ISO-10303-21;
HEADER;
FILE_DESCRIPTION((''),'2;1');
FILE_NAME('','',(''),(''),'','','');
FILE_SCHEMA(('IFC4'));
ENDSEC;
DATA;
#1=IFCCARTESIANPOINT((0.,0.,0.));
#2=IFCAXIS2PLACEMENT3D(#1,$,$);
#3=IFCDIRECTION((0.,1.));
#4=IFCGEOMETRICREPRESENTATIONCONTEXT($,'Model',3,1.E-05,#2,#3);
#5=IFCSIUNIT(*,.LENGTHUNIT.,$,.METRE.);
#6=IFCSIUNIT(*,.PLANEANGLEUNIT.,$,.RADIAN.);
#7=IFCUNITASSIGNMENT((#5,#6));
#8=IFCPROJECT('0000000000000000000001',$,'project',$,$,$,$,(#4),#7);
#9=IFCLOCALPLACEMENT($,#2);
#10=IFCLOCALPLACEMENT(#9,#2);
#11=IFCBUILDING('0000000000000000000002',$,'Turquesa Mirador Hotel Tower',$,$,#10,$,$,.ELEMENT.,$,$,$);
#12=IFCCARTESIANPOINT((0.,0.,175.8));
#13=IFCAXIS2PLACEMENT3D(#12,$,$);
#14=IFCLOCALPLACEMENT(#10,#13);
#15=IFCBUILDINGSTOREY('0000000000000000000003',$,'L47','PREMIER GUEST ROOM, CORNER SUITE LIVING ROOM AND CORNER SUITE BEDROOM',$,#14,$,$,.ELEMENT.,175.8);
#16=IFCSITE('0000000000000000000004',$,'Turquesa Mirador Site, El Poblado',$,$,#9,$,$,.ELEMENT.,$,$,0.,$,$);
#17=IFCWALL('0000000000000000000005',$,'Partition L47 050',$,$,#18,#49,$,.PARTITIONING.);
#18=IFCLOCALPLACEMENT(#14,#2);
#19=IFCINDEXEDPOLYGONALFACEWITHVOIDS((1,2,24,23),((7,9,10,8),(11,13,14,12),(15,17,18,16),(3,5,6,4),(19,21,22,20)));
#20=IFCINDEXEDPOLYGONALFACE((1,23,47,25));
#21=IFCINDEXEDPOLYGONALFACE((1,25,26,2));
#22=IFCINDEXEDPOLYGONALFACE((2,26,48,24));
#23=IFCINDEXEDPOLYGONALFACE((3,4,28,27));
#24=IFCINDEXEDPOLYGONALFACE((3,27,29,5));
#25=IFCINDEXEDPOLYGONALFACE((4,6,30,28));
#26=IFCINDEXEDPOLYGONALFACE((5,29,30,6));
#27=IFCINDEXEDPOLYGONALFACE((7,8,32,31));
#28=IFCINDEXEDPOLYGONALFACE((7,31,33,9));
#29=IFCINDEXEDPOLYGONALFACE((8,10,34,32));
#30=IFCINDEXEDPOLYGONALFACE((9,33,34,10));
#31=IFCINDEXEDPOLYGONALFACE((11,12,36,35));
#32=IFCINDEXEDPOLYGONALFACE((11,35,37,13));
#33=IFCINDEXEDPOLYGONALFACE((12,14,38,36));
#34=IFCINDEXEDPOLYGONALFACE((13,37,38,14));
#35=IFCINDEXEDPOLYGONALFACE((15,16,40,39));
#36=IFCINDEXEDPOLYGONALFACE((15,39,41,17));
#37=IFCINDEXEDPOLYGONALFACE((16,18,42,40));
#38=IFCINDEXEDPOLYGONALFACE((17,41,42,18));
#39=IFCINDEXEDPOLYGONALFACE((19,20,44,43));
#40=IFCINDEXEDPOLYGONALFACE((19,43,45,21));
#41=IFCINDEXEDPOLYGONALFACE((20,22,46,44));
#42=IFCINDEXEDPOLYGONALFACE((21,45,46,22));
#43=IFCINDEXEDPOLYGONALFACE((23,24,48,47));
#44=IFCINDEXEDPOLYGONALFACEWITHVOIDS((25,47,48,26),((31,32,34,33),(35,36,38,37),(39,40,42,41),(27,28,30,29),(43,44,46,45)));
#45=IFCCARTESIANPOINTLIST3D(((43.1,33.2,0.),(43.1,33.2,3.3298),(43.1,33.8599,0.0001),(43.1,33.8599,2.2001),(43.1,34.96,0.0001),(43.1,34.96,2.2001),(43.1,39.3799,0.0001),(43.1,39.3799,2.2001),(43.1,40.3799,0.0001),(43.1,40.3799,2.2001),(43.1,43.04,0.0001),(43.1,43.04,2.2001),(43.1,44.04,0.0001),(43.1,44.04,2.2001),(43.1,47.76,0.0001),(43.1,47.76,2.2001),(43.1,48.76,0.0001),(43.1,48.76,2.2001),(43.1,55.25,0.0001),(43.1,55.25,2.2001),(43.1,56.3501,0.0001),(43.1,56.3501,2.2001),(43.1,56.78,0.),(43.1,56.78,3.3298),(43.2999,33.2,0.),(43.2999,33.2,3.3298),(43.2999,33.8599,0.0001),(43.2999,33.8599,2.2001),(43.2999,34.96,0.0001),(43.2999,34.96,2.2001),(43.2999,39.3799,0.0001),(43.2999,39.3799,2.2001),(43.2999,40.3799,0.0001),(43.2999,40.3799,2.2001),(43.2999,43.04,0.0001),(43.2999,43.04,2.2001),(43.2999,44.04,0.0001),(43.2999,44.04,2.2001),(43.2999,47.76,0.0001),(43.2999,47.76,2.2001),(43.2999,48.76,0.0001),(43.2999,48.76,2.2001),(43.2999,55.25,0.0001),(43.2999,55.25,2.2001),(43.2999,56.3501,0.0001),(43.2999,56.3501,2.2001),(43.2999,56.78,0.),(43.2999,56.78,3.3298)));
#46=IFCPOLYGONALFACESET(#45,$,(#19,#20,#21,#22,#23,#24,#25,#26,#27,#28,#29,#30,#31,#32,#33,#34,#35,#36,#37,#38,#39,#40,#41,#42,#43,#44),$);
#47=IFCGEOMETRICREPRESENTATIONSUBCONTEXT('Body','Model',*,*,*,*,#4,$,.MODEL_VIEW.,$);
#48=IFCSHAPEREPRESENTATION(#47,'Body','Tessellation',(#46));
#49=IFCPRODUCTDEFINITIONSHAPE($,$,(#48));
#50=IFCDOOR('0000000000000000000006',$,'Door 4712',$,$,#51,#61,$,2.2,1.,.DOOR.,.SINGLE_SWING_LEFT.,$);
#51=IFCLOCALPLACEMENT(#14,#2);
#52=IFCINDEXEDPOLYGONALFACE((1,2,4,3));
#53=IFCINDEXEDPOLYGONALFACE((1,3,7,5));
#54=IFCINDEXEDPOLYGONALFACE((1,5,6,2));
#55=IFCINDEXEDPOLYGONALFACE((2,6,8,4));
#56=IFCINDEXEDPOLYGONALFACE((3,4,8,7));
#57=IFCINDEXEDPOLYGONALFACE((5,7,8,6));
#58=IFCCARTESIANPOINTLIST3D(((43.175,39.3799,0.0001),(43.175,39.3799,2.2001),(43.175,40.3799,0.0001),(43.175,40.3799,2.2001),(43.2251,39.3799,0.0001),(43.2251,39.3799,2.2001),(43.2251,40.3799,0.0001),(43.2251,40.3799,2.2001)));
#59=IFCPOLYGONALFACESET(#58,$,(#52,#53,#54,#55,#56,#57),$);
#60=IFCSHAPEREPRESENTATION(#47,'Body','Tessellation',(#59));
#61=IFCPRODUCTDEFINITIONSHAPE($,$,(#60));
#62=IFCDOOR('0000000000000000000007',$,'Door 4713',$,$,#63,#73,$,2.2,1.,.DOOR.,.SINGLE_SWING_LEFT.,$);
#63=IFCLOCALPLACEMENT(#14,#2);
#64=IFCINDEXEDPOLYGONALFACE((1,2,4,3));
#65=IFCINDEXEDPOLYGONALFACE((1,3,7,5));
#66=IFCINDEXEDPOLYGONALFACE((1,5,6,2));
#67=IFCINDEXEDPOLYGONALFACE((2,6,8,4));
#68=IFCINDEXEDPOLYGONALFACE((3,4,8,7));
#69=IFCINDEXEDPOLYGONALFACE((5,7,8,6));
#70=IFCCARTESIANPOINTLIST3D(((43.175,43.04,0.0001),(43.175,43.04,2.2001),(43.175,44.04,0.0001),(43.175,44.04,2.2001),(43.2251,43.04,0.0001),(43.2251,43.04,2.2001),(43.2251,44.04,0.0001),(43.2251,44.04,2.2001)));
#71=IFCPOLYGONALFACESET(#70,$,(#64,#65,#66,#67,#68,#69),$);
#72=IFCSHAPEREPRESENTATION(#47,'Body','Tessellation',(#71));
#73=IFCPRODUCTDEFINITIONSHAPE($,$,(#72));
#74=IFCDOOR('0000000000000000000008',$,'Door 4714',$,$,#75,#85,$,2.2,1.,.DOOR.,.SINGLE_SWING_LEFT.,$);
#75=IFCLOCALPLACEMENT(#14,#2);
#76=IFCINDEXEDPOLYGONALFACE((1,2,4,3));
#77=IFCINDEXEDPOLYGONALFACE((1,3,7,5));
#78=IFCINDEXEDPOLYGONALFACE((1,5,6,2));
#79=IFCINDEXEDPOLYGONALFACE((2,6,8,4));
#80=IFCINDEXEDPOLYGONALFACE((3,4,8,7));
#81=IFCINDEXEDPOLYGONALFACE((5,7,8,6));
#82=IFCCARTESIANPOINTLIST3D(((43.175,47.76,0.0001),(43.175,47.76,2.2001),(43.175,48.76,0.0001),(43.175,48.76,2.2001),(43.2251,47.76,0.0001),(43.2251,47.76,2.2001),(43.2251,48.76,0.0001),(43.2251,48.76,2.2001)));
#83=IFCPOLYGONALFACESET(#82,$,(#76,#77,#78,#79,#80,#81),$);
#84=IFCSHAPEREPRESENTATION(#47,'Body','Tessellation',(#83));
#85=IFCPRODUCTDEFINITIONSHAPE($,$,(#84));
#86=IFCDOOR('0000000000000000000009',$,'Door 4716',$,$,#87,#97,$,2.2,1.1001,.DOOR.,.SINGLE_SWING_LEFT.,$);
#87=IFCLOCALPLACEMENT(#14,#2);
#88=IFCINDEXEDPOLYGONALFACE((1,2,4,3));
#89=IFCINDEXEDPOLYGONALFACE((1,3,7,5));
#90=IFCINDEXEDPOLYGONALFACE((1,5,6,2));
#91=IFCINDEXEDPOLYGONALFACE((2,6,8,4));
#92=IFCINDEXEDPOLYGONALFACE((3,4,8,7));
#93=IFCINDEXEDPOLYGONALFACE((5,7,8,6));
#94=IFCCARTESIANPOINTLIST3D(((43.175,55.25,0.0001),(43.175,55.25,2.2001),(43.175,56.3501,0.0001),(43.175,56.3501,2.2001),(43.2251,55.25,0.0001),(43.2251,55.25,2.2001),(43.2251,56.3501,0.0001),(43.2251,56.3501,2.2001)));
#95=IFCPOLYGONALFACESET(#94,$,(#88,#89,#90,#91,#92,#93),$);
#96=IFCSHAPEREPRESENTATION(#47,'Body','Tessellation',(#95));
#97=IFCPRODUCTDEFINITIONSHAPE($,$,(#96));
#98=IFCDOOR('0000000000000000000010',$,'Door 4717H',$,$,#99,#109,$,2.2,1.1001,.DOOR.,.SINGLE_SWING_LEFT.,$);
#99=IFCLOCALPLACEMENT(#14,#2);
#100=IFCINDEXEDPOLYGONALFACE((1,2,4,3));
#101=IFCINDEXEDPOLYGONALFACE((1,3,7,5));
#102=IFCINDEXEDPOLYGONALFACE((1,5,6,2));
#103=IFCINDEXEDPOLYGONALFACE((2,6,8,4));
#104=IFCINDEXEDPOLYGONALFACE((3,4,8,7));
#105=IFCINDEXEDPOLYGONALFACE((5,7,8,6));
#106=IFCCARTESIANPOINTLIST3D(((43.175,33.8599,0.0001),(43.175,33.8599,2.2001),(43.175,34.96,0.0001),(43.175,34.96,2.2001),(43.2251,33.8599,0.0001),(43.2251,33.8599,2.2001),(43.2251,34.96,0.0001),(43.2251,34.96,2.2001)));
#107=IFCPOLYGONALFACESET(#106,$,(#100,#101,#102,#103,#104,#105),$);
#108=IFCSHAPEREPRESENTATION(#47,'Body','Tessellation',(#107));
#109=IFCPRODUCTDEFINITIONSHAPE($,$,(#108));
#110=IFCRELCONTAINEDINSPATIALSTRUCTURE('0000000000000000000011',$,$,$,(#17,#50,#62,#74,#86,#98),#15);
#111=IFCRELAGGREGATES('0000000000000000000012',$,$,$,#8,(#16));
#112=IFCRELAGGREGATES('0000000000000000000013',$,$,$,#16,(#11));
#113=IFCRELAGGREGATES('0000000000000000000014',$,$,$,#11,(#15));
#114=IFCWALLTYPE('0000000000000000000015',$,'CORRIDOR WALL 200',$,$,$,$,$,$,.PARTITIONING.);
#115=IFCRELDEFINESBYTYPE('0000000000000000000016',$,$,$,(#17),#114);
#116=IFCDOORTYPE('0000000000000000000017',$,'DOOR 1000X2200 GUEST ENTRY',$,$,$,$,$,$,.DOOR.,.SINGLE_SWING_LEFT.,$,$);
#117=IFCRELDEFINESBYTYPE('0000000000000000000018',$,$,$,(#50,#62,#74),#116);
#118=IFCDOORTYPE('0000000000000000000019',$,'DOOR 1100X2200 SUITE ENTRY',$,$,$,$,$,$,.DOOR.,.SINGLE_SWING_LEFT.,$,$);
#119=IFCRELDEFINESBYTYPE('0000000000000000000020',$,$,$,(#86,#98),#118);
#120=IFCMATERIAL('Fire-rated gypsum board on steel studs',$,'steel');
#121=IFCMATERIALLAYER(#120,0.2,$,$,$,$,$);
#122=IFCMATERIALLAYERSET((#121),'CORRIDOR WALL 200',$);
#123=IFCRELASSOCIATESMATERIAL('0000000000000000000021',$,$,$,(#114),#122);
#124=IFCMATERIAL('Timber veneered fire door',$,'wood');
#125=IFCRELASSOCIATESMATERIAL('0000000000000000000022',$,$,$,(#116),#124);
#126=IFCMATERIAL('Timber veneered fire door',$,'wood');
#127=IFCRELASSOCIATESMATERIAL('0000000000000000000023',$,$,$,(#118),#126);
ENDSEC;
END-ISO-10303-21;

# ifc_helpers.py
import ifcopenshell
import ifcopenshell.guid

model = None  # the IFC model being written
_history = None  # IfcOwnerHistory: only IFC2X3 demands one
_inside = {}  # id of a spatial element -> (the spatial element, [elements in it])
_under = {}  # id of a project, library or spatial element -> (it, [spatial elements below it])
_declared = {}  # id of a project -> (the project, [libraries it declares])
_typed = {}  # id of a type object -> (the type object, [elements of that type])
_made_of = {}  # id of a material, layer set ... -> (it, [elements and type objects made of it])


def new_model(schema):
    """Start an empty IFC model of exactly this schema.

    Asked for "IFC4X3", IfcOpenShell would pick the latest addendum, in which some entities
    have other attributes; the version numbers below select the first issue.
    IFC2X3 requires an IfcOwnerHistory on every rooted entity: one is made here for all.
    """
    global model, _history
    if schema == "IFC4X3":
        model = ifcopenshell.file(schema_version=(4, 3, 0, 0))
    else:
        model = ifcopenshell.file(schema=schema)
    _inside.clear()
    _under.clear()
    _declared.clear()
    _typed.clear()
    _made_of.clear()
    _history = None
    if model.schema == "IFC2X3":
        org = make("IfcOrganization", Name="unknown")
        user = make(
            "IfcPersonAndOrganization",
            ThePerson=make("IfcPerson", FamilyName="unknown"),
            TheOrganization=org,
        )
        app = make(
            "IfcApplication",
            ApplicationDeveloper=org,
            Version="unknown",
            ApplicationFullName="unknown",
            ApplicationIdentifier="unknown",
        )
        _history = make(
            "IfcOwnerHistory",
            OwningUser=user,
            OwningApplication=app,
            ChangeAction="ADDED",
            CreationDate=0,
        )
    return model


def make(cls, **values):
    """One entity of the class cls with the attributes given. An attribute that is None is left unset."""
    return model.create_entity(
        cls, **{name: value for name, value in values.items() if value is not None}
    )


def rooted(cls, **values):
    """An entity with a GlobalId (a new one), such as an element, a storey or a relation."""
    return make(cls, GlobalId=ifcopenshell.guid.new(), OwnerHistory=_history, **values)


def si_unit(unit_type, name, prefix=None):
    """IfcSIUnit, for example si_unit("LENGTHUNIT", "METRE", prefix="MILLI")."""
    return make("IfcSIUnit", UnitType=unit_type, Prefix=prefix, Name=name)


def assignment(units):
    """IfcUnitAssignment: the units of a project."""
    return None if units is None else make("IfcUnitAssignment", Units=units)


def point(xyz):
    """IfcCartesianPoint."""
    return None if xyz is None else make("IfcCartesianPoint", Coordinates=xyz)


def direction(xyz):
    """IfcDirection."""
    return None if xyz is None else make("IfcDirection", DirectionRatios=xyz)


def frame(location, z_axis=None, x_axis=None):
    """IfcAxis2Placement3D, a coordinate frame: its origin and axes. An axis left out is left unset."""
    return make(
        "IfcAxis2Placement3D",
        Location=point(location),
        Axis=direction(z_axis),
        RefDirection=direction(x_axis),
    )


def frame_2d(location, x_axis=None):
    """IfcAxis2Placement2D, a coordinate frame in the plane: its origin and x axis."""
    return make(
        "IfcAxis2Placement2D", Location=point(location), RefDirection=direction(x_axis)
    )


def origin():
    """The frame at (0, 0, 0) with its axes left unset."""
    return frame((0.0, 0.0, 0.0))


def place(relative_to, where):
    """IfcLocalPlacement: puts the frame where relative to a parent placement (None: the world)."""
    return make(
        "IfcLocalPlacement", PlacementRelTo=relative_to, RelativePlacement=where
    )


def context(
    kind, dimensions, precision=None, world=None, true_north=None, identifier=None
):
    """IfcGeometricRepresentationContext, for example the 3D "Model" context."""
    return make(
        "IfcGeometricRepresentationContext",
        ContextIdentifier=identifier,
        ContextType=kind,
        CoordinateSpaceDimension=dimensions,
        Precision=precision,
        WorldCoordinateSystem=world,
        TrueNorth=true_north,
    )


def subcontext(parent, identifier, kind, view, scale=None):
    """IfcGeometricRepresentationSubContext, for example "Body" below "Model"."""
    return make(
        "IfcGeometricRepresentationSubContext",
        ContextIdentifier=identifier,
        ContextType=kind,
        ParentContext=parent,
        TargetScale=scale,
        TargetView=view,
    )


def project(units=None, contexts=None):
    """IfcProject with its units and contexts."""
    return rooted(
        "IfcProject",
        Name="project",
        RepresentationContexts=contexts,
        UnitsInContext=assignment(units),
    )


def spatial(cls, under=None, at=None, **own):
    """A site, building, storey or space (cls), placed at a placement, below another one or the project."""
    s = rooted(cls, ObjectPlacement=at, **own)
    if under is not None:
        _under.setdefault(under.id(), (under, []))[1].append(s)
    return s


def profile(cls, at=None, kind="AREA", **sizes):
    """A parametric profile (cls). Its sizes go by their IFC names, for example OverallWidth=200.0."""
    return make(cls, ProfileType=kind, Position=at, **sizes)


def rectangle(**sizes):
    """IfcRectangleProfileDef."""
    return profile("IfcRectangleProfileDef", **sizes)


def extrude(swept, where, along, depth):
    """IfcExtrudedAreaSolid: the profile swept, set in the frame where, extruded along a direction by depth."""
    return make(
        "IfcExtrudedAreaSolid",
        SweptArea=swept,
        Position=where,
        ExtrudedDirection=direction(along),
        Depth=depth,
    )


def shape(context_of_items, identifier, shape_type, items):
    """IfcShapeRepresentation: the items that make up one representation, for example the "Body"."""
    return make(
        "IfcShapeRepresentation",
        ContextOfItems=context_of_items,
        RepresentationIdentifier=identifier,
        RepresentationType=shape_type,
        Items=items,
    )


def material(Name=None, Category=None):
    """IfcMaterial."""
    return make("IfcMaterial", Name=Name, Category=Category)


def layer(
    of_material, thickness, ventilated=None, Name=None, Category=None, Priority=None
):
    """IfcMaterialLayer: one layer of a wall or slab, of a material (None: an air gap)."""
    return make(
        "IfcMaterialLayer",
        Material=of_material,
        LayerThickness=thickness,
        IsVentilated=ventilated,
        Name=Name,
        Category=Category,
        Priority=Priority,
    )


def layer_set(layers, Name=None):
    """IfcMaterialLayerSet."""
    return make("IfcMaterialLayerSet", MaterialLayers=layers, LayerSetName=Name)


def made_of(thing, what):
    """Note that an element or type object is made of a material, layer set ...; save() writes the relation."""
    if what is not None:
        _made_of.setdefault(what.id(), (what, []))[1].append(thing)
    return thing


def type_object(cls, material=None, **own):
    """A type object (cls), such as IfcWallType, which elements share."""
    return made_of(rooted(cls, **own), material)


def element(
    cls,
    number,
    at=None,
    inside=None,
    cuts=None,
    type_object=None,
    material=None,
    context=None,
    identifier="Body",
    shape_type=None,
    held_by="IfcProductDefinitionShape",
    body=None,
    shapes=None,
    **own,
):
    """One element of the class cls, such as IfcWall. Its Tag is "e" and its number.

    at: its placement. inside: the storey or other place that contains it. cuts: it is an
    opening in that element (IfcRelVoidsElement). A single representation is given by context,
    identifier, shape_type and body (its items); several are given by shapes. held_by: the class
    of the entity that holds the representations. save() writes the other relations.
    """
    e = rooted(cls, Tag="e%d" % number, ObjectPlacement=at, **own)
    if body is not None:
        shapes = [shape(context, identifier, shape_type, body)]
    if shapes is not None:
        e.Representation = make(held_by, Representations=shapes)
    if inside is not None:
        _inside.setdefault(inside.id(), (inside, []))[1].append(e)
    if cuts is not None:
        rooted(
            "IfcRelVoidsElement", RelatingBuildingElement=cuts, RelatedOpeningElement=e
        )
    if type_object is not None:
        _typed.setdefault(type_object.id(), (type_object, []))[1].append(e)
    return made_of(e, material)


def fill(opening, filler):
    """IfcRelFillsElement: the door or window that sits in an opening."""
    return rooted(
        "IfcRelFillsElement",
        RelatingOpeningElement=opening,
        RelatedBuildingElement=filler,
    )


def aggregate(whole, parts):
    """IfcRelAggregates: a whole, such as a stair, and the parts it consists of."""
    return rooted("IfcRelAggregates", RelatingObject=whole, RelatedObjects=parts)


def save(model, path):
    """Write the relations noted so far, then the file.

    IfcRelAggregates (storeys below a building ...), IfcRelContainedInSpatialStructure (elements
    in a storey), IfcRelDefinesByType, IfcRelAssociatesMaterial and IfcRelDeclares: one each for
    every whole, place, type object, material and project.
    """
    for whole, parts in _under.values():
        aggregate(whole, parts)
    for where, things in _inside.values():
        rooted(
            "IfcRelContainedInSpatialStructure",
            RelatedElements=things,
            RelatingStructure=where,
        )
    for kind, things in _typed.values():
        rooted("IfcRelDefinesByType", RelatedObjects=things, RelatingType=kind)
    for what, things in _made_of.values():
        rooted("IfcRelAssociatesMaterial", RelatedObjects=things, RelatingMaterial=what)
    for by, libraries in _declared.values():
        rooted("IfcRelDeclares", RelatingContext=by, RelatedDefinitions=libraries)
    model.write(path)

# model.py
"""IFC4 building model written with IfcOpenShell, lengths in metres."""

from ifc_helpers import new_model, si_unit, direction, frame, frame_2d, origin, place, context, subcontext, project, spatial, rectangle, extrude, material, layer, layer_set, type_object, element, fill, save


model = new_model("IFC4")

# Units and contexts
model_context = context("Model", 3, precision=1e-05, world=origin(), true_north=direction((0.0, 1.0)))
body_context = subcontext(model_context, "Body", "Model", "MODEL_VIEW")
ifc_project = project(units=[si_unit("LENGTHUNIT", "METRE"), si_unit("PLANEANGLEUNIT", "RADIAN")], contexts=[model_context])

# Site, building, storey
site_placement = place(None, origin())
site = spatial("IfcSite", under=ifc_project, at=site_placement, Name="Turquesa Mirador Site, El Poblado", CompositionType="ELEMENT", RefElevation=0.0)
building_placement = place(site_placement, origin())
building = spatial("IfcBuilding", under=site, at=building_placement, Name="Turquesa Mirador Hotel Tower", CompositionType="ELEMENT")
storey_placement = place(building_placement, frame((0.0, 0.0, 175.8)))
storey = spatial("IfcBuildingStorey", under=building, at=storey_placement, Name="L47", Description="PREMIER GUEST ROOM, CORNER SUITE LIVING ROOM AND CORNER SUITE BEDROOM", CompositionType="ELEMENT", Elevation=175.8)

# Wall, openings, doors
ifc_material_1 = material(Name="Fire-rated gypsum board on steel studs", Category="steel")
ifc_layer_1 = layer(ifc_material_1, 0.2)
ifc_layer_set_1 = layer_set([ifc_layer_1], Name="CORRIDOR WALL 200")
wall_type_1 = type_object("IfcWallType", Name="CORRIDOR WALL 200", PredefinedType="PARTITIONING", material=ifc_layer_set_1)
ifc_material_2 = material(Name="Timber veneered fire door", Category="wood")
door_type_1 = type_object("IfcDoorType", Name="DOOR 1000X2200 GUEST ENTRY", OperationType="SINGLE_SWING_LEFT", PredefinedType="DOOR", material=ifc_material_2)
wall_1_placement = place(storey_placement, frame((43.2, 33.2, 0.0), z_axis=(0.0, 0.0, 1.0), x_axis=(0.0, 1.0, 0.0)))
wall_1 = element("IfcWall", 1, at=wall_1_placement, inside=storey, type_object=wall_type_1, Name="Partition L47 050", PredefinedType="PARTITIONING", context=body_context, shape_type="SweptSolid", body=[
    extrude(rectangle(XDim=23.5801, YDim=0.2, at=frame_2d((11.79, 0.0))), origin(), (0.0, 0.0, 1.0), 3.3298),
])
opening_1_placement = place(wall_1_placement, frame((6.1799, 0.0, 0.0)))
opening_1 = element("IfcOpeningElement", 2, at=opening_1_placement, cuts=wall_1, PredefinedType="OPENING", context=body_context, shape_type="SweptSolid", body=[
    extrude(rectangle(XDim=1.0, YDim=2.2, at=frame_2d((0.5, 1.1001))), frame((0.0, 0.1099, 0.0), z_axis=(0.0, -1.0, 0.0), x_axis=(1.0, 0.0, 0.0)), (0.0, 0.0, 1.0), 0.22),
])
opening_2_placement = place(wall_1_placement, frame((9.8401, 0.0, 0.0)))
opening_2 = element("IfcOpeningElement", 3, at=opening_2_placement, cuts=wall_1, PredefinedType="OPENING", context=body_context, shape_type="SweptSolid", body=[
    extrude(rectangle(XDim=1.0, YDim=2.2, at=frame_2d((0.5, 1.1001))), frame((0.0, 0.1099, 0.0), z_axis=(0.0, -1.0, 0.0), x_axis=(1.0, 0.0, 0.0)), (0.0, 0.0, 1.0), 0.22),
])
opening_3_placement = place(wall_1_placement, frame((14.5601, 0.0, 0.0)))
opening_3 = element("IfcOpeningElement", 4, at=opening_3_placement, cuts=wall_1, PredefinedType="OPENING", context=body_context, shape_type="SweptSolid", body=[
    extrude(rectangle(XDim=1.0, YDim=2.2, at=frame_2d((0.5, 1.1001))), frame((0.0, 0.1099, 0.0), z_axis=(0.0, -1.0, 0.0), x_axis=(1.0, 0.0, 0.0)), (0.0, 0.0, 1.0), 0.22),
])
opening_4_placement = place(wall_1_placement, frame((22.05, 0.0, 0.0)))
opening_4 = element("IfcOpeningElement", 5, at=opening_4_placement, cuts=wall_1, PredefinedType="OPENING", context=body_context, shape_type="SweptSolid", body=[
    extrude(rectangle(XDim=1.1001, YDim=2.2, at=frame_2d((0.55, 1.1001))), frame((0.0, 0.1099, 0.0), z_axis=(0.0, -1.0, 0.0), x_axis=(1.0, 0.0, 0.0)), (0.0, 0.0, 1.0), 0.22),
])
opening_5_placement = place(wall_1_placement, frame((0.6599, 0.0, 0.0)))
opening_5 = element("IfcOpeningElement", 6, at=opening_5_placement, cuts=wall_1, PredefinedType="OPENING", context=body_context, shape_type="SweptSolid", body=[
    extrude(rectangle(XDim=1.1001, YDim=2.2, at=frame_2d((0.55, 1.1001))), frame((0.0, 0.1099, 0.0), z_axis=(0.0, -1.0, 0.0), x_axis=(1.0, 0.0, 0.0)), (0.0, 0.0, 1.0), 0.22),
])
door_1_placement = place(opening_1_placement, origin())
door_1 = element("IfcDoor", 7, at=door_1_placement, inside=storey, type_object=door_type_1, Name="Door 4712", OperationType="SINGLE_SWING_LEFT", OverallHeight=2.2, OverallWidth=1.0, PredefinedType="DOOR", context=body_context, shape_type="SweptSolid", body=[
    extrude(rectangle(XDim=1.0, YDim=2.2, at=frame_2d((0.5, 1.1001))), frame((0.0, 0.0249, 0.0), z_axis=(0.0, -1.0, 0.0), x_axis=(1.0, 0.0, 0.0)), (0.0, 0.0, 1.0), 0.05),
])
fill(opening_1, door_1)
door_2_placement = place(opening_2_placement, origin())
door_2 = element("IfcDoor", 8, at=door_2_placement, inside=storey, type_object=door_type_1, Name="Door 4713", OperationType="SINGLE_SWING_LEFT", OverallHeight=2.2, OverallWidth=1.0, PredefinedType="DOOR", context=body_context, shape_type="SweptSolid", body=[
    extrude(rectangle(XDim=1.0, YDim=2.2, at=frame_2d((0.5, 1.1001))), frame((0.0, 0.0249, 0.0), z_axis=(0.0, -1.0, 0.0), x_axis=(1.0, 0.0, 0.0)), (0.0, 0.0, 1.0), 0.05),
])
fill(opening_2, door_2)
door_3_placement = place(opening_3_placement, origin())
door_3 = element("IfcDoor", 9, at=door_3_placement, inside=storey, type_object=door_type_1, Name="Door 4714", OperationType="SINGLE_SWING_LEFT", OverallHeight=2.2, OverallWidth=1.0, PredefinedType="DOOR", context=body_context, shape_type="SweptSolid", body=[
    extrude(rectangle(XDim=1.0, YDim=2.2, at=frame_2d((0.5, 1.1001))), frame((0.0, 0.0249, 0.0), z_axis=(0.0, -1.0, 0.0), x_axis=(1.0, 0.0, 0.0)), (0.0, 0.0, 1.0), 0.05),
])
fill(opening_3, door_3)
ifc_material_3 = material(Name="Timber veneered fire door", Category="wood")
door_type_2 = type_object("IfcDoorType", Name="DOOR 1100X2200 SUITE ENTRY", OperationType="SINGLE_SWING_LEFT", PredefinedType="DOOR", material=ifc_material_3)
door_4_placement = place(opening_4_placement, origin())
door_4 = element("IfcDoor", 10, at=door_4_placement, inside=storey, type_object=door_type_2, Name="Door 4716", OperationType="SINGLE_SWING_LEFT", OverallHeight=2.2, OverallWidth=1.1001, PredefinedType="DOOR", context=body_context, shape_type="SweptSolid", body=[
    extrude(rectangle(XDim=1.1001, YDim=2.2, at=frame_2d((0.55, 1.1001))), frame((0.0, 0.0249, 0.0), z_axis=(0.0, -1.0, 0.0), x_axis=(1.0, 0.0, 0.0)), (0.0, 0.0, 1.0), 0.05),
])
fill(opening_4, door_4)
door_5_placement = place(opening_5_placement, origin())
door_5 = element("IfcDoor", 11, at=door_5_placement, inside=storey, type_object=door_type_2, Name="Door 4717H", OperationType="SINGLE_SWING_LEFT", OverallHeight=2.2, OverallWidth=1.1001, PredefinedType="DOOR", context=body_context, shape_type="SweptSolid", body=[
    extrude(rectangle(XDim=1.1001, YDim=2.2, at=frame_2d((0.55, 1.1001))), frame((0.0, 0.0249, 0.0), z_axis=(0.0, -1.0, 0.0), x_axis=(1.0, 0.0, 0.0)), (0.0, 0.0, 1.0), 0.05),
])
fill(opening_5, door_5)

save(model, "model.ifc")
